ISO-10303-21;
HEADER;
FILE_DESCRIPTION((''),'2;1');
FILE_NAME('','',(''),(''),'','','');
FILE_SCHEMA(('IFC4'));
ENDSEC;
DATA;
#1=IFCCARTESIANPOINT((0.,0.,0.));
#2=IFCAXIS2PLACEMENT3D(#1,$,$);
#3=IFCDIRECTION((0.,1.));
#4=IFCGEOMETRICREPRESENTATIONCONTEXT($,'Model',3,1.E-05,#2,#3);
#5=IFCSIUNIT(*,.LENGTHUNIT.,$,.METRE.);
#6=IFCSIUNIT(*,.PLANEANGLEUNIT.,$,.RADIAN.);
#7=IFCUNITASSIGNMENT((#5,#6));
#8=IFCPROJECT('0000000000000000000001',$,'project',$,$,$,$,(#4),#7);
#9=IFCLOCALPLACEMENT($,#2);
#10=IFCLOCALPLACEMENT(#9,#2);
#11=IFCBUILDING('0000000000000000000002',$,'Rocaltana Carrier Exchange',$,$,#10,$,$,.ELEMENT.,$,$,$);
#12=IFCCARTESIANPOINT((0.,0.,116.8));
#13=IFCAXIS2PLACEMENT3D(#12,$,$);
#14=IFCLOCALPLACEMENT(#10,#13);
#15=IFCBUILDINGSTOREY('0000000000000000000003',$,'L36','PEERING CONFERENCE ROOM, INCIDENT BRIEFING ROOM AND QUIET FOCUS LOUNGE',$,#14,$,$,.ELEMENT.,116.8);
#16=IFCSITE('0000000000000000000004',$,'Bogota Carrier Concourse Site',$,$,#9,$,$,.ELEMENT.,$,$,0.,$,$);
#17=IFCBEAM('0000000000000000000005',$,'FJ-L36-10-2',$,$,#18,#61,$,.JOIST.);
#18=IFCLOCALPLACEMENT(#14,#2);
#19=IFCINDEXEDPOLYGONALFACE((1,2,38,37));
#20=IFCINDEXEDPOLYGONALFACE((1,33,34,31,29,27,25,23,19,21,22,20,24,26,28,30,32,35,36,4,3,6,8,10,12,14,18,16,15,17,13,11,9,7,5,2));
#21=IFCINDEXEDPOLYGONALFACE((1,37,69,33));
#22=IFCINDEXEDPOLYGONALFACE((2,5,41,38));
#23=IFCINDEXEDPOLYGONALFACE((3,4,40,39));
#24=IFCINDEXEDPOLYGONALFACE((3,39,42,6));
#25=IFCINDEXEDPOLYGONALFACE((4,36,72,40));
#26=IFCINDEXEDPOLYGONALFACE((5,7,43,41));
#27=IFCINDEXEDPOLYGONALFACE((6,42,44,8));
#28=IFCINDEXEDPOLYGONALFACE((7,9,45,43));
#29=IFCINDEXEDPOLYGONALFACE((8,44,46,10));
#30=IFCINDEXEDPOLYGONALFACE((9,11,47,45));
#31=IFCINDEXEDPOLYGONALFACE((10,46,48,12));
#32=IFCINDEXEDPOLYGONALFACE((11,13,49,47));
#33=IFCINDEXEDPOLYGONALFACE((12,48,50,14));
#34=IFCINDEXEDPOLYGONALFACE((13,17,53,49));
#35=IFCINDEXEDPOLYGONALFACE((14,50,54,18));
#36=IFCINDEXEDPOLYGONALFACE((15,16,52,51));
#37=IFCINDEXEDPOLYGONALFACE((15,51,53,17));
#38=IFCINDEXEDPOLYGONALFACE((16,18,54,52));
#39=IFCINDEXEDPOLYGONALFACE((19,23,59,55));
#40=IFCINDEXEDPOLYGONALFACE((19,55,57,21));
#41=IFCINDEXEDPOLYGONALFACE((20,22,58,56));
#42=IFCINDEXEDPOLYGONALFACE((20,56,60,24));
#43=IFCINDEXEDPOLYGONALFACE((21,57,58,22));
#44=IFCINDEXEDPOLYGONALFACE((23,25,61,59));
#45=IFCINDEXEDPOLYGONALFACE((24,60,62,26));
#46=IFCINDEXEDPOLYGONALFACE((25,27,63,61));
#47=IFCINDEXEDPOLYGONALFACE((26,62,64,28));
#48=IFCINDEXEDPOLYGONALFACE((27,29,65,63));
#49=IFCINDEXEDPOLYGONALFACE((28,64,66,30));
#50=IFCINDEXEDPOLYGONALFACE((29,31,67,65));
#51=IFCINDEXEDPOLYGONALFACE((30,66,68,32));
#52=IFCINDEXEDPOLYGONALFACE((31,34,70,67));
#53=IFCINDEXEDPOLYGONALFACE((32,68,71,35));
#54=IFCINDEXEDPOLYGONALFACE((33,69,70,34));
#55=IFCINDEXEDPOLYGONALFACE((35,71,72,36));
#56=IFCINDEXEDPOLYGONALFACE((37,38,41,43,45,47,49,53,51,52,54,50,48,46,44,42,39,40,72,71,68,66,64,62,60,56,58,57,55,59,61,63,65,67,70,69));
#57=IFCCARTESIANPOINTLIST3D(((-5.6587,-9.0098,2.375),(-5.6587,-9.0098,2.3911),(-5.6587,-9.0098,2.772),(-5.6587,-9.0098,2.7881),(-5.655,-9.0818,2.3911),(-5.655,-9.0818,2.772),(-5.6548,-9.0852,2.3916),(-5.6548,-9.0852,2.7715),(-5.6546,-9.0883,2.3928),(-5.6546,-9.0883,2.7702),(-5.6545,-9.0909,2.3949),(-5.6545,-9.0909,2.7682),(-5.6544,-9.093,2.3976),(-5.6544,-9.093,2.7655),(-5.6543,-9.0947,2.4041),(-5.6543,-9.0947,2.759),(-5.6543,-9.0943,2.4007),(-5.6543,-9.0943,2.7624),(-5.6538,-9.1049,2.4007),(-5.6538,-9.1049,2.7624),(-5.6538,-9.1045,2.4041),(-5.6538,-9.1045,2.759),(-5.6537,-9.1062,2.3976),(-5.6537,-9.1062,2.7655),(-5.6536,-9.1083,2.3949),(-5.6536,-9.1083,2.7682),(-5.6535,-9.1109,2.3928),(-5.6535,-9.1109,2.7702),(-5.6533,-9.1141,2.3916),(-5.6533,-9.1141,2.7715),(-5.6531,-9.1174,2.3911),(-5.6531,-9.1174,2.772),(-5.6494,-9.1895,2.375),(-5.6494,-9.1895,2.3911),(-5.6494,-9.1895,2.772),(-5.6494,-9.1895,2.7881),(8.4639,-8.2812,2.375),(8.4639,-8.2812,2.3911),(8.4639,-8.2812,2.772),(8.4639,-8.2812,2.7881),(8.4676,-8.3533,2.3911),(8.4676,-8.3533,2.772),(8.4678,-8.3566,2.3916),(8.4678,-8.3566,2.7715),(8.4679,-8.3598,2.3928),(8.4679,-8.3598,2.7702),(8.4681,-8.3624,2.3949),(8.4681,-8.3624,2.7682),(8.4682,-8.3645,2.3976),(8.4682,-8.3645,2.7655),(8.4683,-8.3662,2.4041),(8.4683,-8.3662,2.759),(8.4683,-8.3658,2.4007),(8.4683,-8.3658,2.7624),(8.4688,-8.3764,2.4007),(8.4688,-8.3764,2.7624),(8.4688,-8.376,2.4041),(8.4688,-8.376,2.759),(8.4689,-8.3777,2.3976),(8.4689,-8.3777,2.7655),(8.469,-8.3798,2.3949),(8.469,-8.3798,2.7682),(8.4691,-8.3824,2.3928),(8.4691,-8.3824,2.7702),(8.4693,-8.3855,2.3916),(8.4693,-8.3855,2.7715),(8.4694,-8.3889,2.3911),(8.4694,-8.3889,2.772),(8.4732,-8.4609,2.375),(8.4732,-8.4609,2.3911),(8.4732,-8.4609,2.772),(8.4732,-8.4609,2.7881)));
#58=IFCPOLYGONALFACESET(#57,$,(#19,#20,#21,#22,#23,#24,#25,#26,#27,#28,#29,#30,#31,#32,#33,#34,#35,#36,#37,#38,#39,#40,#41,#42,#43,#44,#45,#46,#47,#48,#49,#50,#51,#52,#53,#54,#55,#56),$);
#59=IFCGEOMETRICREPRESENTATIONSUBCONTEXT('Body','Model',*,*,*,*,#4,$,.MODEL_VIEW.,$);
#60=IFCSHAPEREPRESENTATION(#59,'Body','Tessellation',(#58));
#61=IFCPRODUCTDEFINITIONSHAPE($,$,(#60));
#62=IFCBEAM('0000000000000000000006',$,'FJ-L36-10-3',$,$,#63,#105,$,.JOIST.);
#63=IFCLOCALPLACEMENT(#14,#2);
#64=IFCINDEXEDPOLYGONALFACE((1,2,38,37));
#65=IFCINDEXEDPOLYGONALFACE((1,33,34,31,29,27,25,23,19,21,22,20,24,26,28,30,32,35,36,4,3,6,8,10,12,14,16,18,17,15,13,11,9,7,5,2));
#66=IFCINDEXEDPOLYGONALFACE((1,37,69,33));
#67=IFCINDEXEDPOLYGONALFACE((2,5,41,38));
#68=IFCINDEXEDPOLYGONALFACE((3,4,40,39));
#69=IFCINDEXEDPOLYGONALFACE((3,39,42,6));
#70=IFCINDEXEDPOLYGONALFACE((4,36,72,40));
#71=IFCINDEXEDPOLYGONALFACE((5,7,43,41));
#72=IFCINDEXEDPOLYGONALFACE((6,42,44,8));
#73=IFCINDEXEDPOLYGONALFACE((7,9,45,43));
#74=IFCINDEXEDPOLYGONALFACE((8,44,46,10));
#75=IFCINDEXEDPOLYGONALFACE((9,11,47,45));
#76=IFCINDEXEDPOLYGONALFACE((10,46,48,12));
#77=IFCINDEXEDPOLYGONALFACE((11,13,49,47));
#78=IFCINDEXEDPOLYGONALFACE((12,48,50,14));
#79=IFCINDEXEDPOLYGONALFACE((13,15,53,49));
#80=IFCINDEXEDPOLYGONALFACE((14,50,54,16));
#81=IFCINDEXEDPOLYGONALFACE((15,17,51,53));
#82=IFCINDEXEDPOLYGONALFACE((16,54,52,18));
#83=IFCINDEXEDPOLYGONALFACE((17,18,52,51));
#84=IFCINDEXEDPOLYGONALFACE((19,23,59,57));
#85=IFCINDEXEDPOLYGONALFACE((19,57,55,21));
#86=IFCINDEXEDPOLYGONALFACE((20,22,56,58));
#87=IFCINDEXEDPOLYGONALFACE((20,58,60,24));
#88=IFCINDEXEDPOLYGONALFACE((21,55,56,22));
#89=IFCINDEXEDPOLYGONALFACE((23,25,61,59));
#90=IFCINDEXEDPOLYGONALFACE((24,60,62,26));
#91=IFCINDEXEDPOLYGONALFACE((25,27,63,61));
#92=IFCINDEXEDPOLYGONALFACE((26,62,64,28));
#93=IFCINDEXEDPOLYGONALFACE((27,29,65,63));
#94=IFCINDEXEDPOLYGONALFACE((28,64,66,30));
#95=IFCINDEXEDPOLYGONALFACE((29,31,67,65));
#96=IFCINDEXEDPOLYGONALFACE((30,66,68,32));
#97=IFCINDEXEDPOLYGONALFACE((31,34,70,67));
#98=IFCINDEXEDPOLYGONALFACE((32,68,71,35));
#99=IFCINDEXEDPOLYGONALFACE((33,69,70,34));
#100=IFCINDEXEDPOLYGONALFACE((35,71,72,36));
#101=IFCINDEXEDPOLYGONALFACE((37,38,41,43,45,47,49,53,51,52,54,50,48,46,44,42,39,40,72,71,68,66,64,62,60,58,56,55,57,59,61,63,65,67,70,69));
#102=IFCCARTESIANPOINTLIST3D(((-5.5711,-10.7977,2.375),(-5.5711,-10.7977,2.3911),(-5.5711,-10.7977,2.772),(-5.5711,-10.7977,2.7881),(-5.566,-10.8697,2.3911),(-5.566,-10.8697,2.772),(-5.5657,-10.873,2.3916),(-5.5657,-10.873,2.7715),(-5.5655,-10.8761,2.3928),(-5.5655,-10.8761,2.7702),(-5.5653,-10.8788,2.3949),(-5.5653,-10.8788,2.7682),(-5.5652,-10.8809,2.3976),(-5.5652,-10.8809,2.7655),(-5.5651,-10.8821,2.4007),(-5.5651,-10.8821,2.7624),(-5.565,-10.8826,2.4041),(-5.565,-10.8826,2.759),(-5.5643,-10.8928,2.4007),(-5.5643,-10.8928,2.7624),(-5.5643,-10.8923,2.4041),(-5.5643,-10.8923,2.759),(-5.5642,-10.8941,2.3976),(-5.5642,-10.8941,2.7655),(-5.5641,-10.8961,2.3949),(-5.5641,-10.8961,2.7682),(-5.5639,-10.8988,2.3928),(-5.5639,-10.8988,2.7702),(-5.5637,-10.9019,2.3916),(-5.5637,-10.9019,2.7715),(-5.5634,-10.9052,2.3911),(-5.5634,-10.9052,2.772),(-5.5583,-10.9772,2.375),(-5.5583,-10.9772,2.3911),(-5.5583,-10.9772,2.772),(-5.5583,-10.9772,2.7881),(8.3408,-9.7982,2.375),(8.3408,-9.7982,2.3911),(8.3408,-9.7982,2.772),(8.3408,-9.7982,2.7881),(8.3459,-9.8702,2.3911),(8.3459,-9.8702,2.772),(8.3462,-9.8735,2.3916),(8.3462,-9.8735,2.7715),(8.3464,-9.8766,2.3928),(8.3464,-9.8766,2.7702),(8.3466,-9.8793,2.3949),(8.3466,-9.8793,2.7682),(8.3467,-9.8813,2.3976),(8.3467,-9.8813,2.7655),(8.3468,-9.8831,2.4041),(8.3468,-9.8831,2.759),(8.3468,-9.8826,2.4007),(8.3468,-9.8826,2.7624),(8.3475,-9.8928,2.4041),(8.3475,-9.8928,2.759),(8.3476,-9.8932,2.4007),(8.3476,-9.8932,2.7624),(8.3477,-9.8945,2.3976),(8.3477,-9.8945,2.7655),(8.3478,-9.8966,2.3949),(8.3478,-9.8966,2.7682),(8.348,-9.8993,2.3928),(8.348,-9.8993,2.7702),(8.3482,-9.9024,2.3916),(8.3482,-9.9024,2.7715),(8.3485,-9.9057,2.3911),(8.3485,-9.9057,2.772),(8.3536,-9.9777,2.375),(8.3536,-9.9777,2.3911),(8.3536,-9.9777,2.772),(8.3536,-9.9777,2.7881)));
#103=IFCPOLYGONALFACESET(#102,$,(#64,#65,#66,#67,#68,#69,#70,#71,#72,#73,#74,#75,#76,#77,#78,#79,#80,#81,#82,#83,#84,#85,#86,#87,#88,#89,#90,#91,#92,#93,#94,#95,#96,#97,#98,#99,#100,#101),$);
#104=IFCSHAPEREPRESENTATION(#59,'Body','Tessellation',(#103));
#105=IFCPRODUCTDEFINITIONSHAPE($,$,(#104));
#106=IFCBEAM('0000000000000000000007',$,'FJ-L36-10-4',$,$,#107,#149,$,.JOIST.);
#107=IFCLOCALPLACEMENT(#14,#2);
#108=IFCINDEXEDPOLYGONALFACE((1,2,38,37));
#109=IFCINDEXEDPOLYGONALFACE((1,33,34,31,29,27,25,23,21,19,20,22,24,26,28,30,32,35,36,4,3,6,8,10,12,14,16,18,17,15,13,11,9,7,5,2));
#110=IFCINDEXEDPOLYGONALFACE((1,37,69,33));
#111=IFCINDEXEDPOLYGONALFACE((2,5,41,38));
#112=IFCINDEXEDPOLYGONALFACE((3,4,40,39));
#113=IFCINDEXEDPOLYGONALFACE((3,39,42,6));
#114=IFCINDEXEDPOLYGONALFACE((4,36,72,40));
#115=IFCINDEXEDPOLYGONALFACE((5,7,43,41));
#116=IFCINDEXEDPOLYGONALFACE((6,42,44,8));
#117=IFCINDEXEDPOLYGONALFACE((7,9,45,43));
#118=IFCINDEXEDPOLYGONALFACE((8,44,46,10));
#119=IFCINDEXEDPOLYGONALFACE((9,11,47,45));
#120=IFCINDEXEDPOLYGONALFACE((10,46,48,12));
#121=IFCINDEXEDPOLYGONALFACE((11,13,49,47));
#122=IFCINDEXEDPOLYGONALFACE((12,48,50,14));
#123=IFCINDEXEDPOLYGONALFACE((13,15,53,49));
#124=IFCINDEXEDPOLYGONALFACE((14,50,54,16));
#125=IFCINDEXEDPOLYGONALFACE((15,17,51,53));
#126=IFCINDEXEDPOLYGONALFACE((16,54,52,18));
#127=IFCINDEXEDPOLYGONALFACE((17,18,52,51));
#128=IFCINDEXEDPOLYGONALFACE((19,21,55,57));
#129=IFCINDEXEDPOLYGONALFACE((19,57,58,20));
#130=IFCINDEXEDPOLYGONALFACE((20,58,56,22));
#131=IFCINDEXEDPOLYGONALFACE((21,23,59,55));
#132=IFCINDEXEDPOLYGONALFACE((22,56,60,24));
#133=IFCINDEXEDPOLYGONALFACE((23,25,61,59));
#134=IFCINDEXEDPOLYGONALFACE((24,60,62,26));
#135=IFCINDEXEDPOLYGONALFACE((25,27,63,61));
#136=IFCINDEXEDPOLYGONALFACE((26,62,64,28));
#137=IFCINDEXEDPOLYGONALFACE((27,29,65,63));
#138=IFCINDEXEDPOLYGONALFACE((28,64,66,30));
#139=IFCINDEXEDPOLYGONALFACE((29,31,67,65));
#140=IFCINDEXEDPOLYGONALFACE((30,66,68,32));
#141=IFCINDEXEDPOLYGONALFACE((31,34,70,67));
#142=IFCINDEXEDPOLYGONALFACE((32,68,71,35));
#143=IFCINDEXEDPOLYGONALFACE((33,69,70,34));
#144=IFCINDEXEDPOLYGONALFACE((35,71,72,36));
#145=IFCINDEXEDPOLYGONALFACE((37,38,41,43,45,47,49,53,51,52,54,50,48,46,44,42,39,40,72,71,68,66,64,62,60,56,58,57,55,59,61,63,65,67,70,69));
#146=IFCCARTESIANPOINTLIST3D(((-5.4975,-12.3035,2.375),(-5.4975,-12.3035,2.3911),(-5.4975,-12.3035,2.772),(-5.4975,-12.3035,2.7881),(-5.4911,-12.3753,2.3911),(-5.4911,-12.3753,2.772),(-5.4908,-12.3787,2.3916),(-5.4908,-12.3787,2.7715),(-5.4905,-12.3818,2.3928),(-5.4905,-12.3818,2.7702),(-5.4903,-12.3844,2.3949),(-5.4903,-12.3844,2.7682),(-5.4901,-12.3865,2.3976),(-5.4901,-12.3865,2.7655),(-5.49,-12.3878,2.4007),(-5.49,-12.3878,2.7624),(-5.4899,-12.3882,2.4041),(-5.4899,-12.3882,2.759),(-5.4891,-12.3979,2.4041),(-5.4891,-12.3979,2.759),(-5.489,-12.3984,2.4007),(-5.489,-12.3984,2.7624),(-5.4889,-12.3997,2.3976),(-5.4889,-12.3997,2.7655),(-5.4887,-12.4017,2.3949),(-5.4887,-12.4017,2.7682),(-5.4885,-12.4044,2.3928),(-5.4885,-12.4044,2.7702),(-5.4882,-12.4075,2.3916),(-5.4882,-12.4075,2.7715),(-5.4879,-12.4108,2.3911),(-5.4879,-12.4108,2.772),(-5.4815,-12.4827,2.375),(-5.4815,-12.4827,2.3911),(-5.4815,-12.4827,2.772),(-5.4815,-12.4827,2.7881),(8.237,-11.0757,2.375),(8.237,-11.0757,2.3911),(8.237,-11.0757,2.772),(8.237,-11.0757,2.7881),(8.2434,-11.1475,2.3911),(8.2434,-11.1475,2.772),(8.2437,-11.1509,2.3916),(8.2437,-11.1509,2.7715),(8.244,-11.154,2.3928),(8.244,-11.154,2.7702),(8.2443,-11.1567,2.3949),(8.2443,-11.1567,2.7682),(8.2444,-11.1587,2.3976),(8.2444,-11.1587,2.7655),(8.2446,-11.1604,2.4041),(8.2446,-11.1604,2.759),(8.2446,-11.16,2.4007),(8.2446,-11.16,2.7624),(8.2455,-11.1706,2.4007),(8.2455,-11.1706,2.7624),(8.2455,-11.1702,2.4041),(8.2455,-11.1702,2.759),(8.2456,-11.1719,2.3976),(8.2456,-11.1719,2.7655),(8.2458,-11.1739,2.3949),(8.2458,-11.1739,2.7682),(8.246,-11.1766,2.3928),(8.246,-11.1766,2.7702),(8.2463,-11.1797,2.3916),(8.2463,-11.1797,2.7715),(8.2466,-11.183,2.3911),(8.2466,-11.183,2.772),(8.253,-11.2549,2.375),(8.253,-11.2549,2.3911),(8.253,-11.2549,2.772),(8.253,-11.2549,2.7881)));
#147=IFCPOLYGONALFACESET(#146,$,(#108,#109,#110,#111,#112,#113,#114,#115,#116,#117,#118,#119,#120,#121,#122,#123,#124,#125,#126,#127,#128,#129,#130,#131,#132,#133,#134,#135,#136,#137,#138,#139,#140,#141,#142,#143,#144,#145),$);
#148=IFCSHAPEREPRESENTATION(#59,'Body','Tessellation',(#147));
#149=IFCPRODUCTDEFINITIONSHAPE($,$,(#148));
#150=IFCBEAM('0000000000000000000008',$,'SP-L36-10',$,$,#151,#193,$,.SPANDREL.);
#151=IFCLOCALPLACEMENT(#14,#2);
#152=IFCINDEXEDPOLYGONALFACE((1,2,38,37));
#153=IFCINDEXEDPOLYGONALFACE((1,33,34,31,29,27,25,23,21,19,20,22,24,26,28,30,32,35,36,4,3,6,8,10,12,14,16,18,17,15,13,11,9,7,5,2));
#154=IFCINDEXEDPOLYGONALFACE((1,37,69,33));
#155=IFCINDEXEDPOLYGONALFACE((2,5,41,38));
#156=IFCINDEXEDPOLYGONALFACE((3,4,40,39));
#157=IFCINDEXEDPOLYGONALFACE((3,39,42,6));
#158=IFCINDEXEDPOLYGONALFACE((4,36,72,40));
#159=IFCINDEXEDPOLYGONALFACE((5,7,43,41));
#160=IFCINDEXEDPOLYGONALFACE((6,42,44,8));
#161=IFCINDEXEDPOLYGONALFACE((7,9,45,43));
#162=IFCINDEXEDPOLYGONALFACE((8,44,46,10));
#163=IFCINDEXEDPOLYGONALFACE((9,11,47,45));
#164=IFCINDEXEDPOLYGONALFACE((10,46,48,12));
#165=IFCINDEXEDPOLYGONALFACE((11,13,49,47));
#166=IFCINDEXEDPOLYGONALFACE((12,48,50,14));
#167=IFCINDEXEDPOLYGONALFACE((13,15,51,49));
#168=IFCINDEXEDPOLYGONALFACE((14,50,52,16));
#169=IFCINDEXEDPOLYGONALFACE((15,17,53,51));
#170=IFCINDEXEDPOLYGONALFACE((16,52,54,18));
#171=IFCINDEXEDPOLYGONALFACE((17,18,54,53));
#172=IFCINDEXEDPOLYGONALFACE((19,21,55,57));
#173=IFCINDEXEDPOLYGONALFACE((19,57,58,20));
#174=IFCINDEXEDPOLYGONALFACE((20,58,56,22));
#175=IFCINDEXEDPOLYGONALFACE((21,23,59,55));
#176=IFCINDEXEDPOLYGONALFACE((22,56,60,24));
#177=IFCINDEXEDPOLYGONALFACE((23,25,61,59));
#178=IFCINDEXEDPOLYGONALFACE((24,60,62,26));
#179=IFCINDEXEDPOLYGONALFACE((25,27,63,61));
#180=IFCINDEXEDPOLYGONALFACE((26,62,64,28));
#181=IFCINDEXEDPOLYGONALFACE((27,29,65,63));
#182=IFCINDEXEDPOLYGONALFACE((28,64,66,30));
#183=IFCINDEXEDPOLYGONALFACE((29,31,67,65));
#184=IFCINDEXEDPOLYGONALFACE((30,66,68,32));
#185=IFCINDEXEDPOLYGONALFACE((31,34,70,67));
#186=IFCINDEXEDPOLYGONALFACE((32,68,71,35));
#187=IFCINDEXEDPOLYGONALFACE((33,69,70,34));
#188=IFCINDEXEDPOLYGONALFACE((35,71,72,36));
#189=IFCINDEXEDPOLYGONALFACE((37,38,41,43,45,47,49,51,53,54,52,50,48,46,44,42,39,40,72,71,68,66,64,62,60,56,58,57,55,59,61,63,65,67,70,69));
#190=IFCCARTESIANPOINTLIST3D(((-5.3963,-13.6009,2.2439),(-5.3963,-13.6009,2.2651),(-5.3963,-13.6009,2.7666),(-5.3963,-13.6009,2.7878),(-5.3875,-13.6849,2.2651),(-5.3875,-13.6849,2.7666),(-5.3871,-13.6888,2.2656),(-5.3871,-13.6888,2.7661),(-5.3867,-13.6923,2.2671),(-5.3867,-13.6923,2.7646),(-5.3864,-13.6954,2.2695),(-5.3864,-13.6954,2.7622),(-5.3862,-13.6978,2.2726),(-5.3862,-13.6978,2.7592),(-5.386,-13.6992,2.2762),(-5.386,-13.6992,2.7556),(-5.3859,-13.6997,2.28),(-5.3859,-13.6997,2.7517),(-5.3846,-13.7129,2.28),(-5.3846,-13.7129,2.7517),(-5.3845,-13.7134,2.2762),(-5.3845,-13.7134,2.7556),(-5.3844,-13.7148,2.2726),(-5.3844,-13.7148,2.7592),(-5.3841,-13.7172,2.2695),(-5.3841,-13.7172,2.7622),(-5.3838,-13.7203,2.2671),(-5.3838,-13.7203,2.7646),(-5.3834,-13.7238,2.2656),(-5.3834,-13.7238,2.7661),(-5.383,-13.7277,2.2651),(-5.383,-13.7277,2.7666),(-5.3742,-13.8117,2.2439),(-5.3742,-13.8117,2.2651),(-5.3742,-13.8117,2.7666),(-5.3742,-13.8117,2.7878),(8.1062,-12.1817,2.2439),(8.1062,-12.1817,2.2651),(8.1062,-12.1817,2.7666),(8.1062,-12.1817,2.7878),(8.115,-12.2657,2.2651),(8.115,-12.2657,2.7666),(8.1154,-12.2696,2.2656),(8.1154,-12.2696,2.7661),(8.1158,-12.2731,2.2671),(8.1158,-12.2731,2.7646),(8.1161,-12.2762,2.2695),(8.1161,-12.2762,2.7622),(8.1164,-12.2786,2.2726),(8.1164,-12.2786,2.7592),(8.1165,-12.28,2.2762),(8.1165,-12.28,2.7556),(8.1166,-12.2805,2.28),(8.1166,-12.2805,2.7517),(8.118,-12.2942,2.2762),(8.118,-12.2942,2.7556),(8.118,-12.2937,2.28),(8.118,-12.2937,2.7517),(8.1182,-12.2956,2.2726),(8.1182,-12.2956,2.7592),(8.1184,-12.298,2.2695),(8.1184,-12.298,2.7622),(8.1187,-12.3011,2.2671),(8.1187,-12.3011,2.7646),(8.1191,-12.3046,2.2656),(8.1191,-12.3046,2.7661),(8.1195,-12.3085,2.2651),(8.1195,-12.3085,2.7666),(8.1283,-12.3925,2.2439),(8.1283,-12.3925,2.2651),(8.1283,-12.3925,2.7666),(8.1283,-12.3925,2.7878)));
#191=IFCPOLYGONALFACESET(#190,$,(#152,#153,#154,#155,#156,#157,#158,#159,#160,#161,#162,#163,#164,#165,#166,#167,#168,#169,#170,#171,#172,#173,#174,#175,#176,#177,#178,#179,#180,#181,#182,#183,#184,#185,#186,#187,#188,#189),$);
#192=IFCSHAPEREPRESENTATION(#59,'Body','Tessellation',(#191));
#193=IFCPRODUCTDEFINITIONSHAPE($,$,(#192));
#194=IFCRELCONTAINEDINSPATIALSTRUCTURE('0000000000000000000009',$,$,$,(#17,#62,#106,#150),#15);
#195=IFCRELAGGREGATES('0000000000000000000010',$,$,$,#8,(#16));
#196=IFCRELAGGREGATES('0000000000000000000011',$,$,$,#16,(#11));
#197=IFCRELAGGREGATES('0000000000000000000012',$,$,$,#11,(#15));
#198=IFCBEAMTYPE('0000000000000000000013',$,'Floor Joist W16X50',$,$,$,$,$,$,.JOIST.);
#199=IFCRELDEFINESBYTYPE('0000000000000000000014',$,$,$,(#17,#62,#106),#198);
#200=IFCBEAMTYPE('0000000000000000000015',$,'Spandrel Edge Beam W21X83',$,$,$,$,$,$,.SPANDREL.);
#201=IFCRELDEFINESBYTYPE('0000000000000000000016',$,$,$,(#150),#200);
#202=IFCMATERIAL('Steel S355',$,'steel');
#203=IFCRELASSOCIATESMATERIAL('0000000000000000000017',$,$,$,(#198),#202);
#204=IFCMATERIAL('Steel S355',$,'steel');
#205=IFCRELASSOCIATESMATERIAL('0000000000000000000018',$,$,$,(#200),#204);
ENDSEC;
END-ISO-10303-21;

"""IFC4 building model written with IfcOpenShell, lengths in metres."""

from ifc_helpers import new_model, si_unit, direction, frame, origin, origin_2d, place, context, subcontext, project, spatial, i_section, extrude, material, material_profile, profile_set, type_object, element, save


model = new_model("IFC4")

# Units and contexts
model_context = context("Model", 3, precision=1e-05, world=origin(), true_north=direction((0.0, 1.0)))
body_context = subcontext(model_context, "Body", "Model", "MODEL_VIEW")
ifc_project = project(units=[si_unit("LENGTHUNIT", "METRE"), si_unit("PLANEANGLEUNIT", "RADIAN")], contexts=[model_context])

# Site, building, storey
site_placement = place(None, origin())
site = spatial("IfcSite", under=ifc_project, at=site_placement, Name="Bogota Carrier Concourse Site", CompositionType="ELEMENT", RefElevation=0.0)
building_placement = place(site_placement, origin())
building = spatial("IfcBuilding", under=site, at=building_placement, Name="Rocaltana Carrier Exchange", CompositionType="ELEMENT")
storey_placement = place(building_placement, frame((0.0, 0.0, 116.8)))
storey = spatial("IfcBuildingStorey", under=building, at=storey_placement, Name="L36", Description="PEERING CONFERENCE ROOM, INCIDENT BRIEFING ROOM AND QUIET FOCUS LOUNGE", CompositionType="ELEMENT", Elevation=116.8)

# Beams
ifc_material_1 = material(Name="Steel S355", Category="steel")
ifc_material_profile_1 = material_profile(ifc_material_1, i_section(OverallWidth=0.1799, OverallDepth=0.4131, WebThickness=0.0098, FlangeThickness=0.0161, FilletRadius=0.0129, at=origin_2d()), Name="W16X50")
ifc_profile_set_1 = profile_set([ifc_material_profile_1], Name="Steel S355")
beam_type_1 = type_object("IfcBeamType", Name="Floor Joist W16X50", PredefinedType="JOIST", material=ifc_profile_set_1)
beam_1_placement = place(storey_placement, frame((-5.6541, -9.0996, 2.5815), z_axis=(0.998672, 0.051517, 0.0), x_axis=(-0.051517, 0.998672, 0.0)))
element("IfcBeam", 1, at=beam_1_placement, inside=storey, type_object=beam_type_1, Name="FJ-L36-10-2", PredefinedType="JOIST", context=body_context, shape_type="SweptSolid", body=[
    extrude(i_section(OverallWidth=0.1799, OverallDepth=0.4131, WebThickness=0.0098, FlangeThickness=0.0161, FilletRadius=0.0129, at=origin_2d()), origin(), (0.0, 0.0, 1.0), 14.1414),
])
beam_2_placement = place(storey_placement, frame((-5.5647, -10.8875, 2.5815), z_axis=(0.997429, 0.071661, 0.0), x_axis=(-0.071661, 0.997429, 0.0)))
element("IfcBeam", 2, at=beam_2_placement, inside=storey, type_object=beam_type_1, Name="FJ-L36-10-3", PredefinedType="JOIST", context=body_context, shape_type="SweptSolid", body=[
    extrude(i_section(OverallWidth=0.1799, OverallDepth=0.4131, WebThickness=0.0098, FlangeThickness=0.0161, FilletRadius=0.0129, at=origin_2d()), origin(), (0.0, 0.0, 1.0), 13.9478),
])
beam_3_placement = place(storey_placement, frame((-5.4895, -12.3931, 2.5815), z_axis=(0.996028, 0.089038, 0.0), x_axis=(-0.089038, 0.996028, 0.0)))
element("IfcBeam", 3, at=beam_3_placement, inside=storey, type_object=beam_type_1, Name="FJ-L36-10-4", PredefinedType="JOIST", context=body_context, shape_type="SweptSolid", body=[
    extrude(i_section(OverallWidth=0.1799, OverallDepth=0.4131, WebThickness=0.0098, FlangeThickness=0.0161, FilletRadius=0.0129, at=origin_2d()), origin(), (0.0, 0.0, 1.0), 13.7893),
])
ifc_material_2 = material(Name="Steel S355", Category="steel")
ifc_material_profile_2 = material_profile(ifc_material_2, i_section(OverallWidth=0.2119, OverallDepth=0.5439, WebThickness=0.0132, FlangeThickness=0.0212, FilletRadius=0.0149, at=origin_2d()), Name="W21X83")
ifc_profile_set_2 = profile_set([ifc_material_profile_2], Name="Steel S355")
beam_type_2 = type_object("IfcBeamType", Name="Spandrel Edge Beam W21X83", PredefinedType="SPANDREL", material=ifc_profile_set_2)
beam_4_placement = place(storey_placement, frame((-5.3853, -13.7063, 2.5159), z_axis=(0.994522, 0.10453, 0.0), x_axis=(-0.10453, 0.994522, 0.0)))
element("IfcBeam", 4, at=beam_4_placement, inside=storey, type_object=beam_type_2, Name="SP-L36-10", PredefinedType="SPANDREL", context=body_context, shape_type="SweptSolid", body=[
    extrude(i_section(OverallWidth=0.2119, OverallDepth=0.5439, WebThickness=0.0132, FlangeThickness=0.0212, FilletRadius=0.0149, at=origin_2d()), origin(), (0.0, 0.0, 1.0), 13.5769),
])

save(model, "model.ifc")
